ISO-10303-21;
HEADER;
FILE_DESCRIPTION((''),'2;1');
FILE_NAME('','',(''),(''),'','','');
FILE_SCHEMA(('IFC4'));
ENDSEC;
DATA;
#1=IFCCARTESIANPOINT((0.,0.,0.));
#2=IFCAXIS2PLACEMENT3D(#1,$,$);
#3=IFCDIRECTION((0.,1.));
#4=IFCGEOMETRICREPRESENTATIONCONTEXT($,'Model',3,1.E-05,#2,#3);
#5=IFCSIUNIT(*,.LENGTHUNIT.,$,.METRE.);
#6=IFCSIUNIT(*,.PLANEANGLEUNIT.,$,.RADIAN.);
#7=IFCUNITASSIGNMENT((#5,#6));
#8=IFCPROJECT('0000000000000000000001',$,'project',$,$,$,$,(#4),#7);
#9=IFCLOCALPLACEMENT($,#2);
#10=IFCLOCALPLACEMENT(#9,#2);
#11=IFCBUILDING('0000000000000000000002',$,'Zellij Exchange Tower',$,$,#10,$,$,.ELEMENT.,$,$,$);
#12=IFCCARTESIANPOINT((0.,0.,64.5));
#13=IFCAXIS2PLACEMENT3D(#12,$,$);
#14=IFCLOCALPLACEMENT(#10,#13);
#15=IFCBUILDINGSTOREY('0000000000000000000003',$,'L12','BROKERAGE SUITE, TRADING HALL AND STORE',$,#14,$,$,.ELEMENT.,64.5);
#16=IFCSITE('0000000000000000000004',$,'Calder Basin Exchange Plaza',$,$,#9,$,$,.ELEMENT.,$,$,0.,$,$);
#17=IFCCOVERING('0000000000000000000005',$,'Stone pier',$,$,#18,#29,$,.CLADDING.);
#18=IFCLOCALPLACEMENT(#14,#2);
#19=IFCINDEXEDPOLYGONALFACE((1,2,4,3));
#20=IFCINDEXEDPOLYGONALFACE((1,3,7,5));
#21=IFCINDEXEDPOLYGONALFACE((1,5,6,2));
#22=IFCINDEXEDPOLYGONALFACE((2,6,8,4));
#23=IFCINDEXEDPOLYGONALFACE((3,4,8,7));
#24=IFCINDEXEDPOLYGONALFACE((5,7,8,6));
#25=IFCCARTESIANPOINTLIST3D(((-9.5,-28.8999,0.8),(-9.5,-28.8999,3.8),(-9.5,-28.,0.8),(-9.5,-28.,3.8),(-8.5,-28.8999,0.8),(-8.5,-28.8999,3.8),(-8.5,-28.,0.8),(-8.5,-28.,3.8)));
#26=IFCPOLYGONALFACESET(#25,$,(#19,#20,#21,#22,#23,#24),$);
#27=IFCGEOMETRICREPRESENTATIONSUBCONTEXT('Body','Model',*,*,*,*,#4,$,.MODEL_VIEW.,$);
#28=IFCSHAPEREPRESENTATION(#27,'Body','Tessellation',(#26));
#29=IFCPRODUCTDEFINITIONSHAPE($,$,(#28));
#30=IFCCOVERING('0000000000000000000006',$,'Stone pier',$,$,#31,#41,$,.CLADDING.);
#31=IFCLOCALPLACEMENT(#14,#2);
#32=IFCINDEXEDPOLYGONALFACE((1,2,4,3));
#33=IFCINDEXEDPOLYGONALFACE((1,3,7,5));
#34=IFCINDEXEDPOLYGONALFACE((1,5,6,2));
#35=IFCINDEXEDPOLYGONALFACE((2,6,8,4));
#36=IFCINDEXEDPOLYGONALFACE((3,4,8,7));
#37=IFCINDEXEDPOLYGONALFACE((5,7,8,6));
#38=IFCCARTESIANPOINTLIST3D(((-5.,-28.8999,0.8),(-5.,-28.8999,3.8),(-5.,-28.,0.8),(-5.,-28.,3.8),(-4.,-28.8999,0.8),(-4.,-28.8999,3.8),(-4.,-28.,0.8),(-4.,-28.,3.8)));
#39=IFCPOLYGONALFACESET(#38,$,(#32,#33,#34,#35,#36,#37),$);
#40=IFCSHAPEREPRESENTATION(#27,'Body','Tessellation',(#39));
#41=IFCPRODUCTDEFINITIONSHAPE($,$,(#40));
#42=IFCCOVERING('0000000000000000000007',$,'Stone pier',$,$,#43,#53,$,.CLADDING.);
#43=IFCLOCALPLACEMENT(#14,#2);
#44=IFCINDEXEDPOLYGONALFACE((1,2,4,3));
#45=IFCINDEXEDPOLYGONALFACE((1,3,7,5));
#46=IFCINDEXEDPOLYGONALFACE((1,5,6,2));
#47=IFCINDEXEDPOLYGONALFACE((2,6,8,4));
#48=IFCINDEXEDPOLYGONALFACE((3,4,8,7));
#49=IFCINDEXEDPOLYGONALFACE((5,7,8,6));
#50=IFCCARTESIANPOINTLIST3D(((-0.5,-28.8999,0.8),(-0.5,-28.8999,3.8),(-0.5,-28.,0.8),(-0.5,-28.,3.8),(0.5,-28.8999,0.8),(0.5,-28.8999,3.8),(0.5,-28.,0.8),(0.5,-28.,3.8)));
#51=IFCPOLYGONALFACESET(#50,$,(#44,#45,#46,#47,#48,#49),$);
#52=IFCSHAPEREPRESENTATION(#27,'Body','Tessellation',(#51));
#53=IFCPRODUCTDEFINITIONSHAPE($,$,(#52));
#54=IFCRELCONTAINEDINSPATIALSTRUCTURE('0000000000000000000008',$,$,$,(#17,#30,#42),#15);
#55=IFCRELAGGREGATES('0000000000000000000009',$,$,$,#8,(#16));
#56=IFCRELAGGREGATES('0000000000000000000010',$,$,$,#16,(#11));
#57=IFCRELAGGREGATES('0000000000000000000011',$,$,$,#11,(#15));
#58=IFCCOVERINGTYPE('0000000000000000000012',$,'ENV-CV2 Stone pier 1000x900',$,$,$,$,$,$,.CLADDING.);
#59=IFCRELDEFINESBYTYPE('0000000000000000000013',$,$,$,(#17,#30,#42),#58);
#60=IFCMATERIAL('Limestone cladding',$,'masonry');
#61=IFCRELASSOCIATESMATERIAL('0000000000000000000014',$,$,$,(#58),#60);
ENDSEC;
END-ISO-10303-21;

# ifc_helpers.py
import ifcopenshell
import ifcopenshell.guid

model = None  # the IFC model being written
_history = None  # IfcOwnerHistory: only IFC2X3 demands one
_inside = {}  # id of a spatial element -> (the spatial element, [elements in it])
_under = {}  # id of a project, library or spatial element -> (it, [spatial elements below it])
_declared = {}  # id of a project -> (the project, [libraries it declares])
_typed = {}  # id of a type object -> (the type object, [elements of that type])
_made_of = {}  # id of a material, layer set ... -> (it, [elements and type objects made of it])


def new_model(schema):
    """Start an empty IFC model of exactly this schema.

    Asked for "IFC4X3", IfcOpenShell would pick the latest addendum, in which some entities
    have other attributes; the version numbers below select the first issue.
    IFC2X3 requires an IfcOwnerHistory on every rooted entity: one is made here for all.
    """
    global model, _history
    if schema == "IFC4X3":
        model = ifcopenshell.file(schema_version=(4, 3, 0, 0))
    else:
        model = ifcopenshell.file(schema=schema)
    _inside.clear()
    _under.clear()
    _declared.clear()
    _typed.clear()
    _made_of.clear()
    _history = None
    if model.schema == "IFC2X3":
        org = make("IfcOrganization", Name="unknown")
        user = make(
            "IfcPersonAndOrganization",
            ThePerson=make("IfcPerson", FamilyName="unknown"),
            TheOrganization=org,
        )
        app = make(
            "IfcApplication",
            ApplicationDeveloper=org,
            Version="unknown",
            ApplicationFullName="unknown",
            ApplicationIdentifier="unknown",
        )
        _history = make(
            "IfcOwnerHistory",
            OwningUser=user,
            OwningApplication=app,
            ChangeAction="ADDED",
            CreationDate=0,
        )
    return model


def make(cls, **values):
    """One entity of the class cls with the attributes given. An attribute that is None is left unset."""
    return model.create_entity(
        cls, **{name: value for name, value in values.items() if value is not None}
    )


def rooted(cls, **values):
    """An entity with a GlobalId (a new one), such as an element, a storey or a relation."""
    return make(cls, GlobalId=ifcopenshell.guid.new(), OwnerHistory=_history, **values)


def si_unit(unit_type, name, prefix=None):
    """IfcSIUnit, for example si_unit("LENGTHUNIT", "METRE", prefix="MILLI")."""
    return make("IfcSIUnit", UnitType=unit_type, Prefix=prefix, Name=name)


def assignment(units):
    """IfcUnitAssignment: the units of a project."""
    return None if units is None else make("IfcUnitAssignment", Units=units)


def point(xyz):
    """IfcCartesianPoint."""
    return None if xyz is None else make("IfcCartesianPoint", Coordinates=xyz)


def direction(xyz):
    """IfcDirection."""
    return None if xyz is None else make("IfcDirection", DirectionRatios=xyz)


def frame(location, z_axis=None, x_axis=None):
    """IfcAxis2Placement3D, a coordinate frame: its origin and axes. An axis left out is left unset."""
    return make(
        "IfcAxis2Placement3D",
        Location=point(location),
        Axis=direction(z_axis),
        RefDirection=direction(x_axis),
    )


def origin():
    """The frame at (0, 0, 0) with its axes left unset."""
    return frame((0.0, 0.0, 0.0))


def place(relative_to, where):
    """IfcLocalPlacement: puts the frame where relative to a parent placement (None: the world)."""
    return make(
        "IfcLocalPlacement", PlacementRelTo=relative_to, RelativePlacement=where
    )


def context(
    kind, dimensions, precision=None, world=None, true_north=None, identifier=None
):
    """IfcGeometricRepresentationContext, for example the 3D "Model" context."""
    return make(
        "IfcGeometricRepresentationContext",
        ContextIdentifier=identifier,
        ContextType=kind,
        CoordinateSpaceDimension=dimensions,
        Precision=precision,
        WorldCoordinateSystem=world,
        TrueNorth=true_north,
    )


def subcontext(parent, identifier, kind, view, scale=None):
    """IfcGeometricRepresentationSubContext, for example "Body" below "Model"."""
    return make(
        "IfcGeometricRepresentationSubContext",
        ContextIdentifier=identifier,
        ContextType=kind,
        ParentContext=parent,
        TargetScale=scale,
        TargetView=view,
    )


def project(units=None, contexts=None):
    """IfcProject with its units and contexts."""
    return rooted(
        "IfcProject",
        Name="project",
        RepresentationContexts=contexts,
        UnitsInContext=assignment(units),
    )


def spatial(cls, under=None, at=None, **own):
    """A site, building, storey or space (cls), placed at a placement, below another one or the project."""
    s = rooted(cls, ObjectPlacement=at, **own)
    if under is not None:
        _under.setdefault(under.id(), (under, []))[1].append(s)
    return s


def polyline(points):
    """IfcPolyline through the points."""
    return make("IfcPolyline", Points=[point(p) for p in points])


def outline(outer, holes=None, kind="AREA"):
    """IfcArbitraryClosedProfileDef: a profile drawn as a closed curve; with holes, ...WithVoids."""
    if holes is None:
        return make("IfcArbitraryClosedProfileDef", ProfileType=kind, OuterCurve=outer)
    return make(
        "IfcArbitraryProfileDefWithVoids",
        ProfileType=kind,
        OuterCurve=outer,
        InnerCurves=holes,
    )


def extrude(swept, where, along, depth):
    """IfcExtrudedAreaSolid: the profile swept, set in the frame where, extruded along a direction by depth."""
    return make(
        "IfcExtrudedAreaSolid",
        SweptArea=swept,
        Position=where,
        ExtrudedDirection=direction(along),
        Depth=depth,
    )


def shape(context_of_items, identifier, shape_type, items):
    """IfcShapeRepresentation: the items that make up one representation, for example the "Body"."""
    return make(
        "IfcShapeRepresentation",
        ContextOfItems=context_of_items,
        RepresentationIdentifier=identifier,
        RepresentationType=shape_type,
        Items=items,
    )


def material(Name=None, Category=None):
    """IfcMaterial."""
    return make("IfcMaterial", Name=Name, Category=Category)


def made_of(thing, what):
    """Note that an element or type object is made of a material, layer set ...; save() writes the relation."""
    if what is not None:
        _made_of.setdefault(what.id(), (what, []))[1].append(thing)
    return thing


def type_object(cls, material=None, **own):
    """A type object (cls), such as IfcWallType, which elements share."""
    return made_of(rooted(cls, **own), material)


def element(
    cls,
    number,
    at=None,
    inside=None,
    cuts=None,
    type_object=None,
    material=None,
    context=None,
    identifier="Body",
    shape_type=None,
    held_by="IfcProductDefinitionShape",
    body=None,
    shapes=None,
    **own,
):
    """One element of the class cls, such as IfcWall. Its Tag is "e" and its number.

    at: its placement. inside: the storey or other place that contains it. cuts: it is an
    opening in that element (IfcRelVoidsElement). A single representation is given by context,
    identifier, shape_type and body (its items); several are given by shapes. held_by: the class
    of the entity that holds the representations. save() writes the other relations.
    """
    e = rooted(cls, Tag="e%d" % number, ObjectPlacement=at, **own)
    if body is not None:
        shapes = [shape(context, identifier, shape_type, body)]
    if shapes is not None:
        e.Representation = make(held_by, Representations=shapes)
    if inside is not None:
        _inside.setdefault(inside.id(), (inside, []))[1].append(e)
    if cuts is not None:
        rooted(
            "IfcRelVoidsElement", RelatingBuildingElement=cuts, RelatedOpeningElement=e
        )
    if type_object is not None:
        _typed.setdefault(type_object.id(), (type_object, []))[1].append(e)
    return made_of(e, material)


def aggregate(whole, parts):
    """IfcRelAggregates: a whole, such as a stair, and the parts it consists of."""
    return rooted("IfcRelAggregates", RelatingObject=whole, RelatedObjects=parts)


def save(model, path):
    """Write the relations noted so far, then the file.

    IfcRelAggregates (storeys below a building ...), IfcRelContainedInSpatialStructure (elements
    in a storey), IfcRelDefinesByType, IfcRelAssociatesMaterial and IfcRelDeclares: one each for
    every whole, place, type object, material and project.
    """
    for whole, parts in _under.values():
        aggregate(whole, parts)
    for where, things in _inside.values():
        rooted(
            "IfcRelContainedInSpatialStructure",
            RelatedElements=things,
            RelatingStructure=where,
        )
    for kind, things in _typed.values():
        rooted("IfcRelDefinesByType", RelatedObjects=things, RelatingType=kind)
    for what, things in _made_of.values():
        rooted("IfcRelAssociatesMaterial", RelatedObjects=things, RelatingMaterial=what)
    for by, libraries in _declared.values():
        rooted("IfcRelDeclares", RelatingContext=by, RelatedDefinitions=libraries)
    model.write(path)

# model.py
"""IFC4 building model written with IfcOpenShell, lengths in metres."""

from ifc_helpers import new_model, si_unit, direction, frame, origin, place, context, subcontext, project, spatial, polyline, outline, extrude, material, type_object, element, save


model = new_model("IFC4")

# Units and contexts
model_context = context("Model", 3, precision=1e-05, world=origin(), true_north=direction((0.0, 1.0)))
body_context = subcontext(model_context, "Body", "Model", "MODEL_VIEW")
ifc_project = project(units=[si_unit("LENGTHUNIT", "METRE"), si_unit("PLANEANGLEUNIT", "RADIAN")], contexts=[model_context])

# Site, building, storey
site_placement = place(None, origin())
site = spatial("IfcSite", under=ifc_project, at=site_placement, Name="Calder Basin Exchange Plaza", CompositionType="ELEMENT", RefElevation=0.0)
building_placement = place(site_placement, origin())
building = spatial("IfcBuilding", under=site, at=building_placement, Name="Zellij Exchange Tower", CompositionType="ELEMENT")
storey_placement = place(building_placement, frame((0.0, 0.0, 64.5)))
storey = spatial("IfcBuildingStorey", under=building, at=storey_placement, Name="L12", Description="BROKERAGE SUITE, TRADING HALL AND STORE", CompositionType="ELEMENT", Elevation=64.5)

# Coverings
ifc_material_1 = material(Name="Limestone cladding", Category="masonry")
covering_type = type_object("IfcCoveringType", Name="ENV-CV2 Stone pier 1000x900", PredefinedType="CLADDING", material=ifc_material_1)
covering_1_placement = place(storey_placement, frame((0.0, 0.0, 0.8)))
element("IfcCovering", 1, at=covering_1_placement, inside=storey, type_object=covering_type, Name="Stone pier", PredefinedType="CLADDING", context=body_context, shape_type="SweptSolid", body=[
    extrude(outline(polyline([(-9.5, -28.0), (-8.5, -28.0), (-8.5, -28.8999), (-9.5, -28.8999), (-9.5, -28.0)])), origin(), (0.0, 0.0, 1.0), 3.0),
])
covering_2_placement = place(storey_placement, frame((0.0, 0.0, 0.8)))
element("IfcCovering", 2, at=covering_2_placement, inside=storey, type_object=covering_type, Name="Stone pier", PredefinedType="CLADDING", context=body_context, shape_type="SweptSolid", body=[
    extrude(outline(polyline([(-5.0, -28.0), (-4.0, -28.0), (-4.0, -28.8999), (-5.0, -28.8999), (-5.0, -28.0)])), origin(), (0.0, 0.0, 1.0), 3.0),
])
covering_3_placement = place(storey_placement, frame((0.0, 0.0, 0.8)))
element("IfcCovering", 3, at=covering_3_placement, inside=storey, type_object=covering_type, Name="Stone pier", PredefinedType="CLADDING", context=body_context, shape_type="SweptSolid", body=[
    extrude(outline(polyline([(-0.5, -28.0), (0.5, -28.0), (0.5, -28.8999), (-0.5, -28.8999), (-0.5, -28.0)])), origin(), (0.0, 0.0, 1.0), 3.0),
])

save(model, "model.ifc")
